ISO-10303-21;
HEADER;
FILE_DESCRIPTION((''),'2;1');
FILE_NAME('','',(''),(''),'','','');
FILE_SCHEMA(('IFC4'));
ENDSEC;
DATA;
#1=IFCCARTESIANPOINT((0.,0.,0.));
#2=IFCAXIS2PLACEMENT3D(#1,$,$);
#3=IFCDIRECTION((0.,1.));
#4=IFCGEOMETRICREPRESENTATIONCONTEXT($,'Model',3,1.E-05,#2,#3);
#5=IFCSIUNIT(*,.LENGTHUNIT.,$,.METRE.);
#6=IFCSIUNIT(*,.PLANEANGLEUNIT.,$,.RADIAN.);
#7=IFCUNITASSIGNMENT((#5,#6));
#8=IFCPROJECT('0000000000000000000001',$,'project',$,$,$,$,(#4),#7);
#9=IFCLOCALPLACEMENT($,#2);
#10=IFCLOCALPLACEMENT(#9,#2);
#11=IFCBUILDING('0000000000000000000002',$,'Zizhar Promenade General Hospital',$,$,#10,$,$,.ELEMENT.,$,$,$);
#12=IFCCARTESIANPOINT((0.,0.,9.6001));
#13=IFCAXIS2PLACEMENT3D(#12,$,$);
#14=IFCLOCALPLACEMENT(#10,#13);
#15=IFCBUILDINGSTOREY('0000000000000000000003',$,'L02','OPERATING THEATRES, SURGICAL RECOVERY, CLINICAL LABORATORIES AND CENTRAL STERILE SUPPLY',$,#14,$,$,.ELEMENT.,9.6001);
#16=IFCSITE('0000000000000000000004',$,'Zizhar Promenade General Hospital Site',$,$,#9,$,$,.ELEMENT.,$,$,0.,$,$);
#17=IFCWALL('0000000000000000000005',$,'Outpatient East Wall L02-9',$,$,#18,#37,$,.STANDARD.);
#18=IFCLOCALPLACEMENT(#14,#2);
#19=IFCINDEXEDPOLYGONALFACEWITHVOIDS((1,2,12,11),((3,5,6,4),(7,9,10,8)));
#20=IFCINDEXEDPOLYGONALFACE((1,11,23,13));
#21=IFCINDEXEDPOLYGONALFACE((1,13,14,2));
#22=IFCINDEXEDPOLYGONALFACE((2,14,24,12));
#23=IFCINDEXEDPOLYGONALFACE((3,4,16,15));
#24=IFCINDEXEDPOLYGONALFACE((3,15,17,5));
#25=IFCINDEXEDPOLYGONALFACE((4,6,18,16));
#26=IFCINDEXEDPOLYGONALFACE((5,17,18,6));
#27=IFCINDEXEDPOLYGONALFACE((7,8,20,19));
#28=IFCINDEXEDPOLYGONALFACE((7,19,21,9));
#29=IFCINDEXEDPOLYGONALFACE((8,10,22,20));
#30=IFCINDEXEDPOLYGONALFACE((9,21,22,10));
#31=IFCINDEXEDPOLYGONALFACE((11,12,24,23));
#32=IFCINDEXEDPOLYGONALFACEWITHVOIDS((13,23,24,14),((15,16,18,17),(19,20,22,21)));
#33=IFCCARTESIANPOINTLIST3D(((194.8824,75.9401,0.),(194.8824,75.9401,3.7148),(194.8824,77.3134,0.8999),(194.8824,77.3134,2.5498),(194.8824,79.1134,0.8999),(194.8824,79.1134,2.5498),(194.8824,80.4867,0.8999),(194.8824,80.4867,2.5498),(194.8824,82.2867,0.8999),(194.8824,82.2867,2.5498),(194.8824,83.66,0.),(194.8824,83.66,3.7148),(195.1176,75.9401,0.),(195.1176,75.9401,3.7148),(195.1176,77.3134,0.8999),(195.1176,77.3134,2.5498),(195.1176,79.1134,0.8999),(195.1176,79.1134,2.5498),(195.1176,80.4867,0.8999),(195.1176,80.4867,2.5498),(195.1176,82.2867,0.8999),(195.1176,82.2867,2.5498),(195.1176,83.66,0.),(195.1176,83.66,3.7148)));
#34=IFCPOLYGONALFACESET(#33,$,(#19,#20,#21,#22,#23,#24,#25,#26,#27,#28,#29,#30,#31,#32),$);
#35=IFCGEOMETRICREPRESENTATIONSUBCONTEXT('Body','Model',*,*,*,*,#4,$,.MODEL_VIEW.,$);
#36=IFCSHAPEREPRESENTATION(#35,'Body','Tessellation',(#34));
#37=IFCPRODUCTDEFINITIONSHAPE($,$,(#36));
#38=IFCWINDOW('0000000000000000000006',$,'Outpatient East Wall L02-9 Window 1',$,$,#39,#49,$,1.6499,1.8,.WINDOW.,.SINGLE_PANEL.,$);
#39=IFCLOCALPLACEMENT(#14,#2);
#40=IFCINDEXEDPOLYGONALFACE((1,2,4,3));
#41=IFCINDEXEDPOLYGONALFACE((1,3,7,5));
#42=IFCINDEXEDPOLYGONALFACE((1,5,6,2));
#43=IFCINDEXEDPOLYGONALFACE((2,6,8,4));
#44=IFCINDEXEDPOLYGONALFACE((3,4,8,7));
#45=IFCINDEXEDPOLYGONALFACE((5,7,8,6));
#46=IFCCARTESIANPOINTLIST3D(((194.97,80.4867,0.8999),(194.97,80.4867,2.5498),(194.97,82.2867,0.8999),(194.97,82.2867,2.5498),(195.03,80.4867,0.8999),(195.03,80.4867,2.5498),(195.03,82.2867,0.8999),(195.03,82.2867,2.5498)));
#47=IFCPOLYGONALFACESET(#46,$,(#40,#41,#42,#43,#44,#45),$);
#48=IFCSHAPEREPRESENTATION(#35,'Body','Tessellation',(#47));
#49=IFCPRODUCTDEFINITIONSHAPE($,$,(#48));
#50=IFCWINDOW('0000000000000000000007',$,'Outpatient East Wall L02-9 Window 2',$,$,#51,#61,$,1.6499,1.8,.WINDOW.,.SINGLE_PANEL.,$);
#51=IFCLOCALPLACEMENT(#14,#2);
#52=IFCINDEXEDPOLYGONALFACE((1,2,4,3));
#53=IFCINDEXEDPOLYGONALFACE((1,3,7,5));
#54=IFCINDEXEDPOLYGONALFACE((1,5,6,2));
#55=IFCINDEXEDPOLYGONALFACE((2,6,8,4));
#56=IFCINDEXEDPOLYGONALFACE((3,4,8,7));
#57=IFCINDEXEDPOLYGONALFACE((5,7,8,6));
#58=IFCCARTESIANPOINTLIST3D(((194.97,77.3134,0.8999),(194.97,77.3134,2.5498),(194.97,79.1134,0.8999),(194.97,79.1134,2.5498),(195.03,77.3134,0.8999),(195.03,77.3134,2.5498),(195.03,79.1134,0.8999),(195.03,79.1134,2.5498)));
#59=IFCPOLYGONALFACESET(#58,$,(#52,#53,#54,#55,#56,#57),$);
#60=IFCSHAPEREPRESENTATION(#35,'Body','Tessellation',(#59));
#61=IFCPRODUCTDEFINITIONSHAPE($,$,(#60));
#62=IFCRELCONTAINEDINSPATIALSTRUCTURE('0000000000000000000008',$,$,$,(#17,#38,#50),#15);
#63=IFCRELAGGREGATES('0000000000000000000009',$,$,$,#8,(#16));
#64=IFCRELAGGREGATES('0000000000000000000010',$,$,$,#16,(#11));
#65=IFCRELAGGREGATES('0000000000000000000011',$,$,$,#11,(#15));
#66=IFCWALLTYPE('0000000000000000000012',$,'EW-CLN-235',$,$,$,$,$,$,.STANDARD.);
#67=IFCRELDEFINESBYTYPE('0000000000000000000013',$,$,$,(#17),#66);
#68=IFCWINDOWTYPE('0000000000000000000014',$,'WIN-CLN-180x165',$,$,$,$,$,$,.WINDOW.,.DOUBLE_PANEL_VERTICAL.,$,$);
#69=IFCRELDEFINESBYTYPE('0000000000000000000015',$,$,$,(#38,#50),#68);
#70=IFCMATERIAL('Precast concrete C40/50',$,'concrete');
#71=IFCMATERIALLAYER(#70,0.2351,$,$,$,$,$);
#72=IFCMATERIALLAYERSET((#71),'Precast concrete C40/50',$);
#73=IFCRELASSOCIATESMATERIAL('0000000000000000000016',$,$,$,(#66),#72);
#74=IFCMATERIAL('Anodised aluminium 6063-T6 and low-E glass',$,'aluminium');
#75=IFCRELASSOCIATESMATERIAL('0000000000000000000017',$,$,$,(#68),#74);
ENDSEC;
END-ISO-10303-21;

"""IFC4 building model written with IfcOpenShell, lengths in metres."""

from ifc_helpers import new_model, si_unit, direction, frame, frame_2d, origin, place, context, subcontext, project, spatial, rectangle, extrude, material, layer, layer_set, type_object, element, fill, save


model = new_model("IFC4")

# Units and contexts
model_context = context("Model", 3, precision=1e-05, world=origin(), true_north=direction((0.0, 1.0)))
body_context = subcontext(model_context, "Body", "Model", "MODEL_VIEW")
ifc_project = project(units=[si_unit("LENGTHUNIT", "METRE"), si_unit("PLANEANGLEUNIT", "RADIAN")], contexts=[model_context])

# Site, building, storey
site_placement = place(None, origin())
site = spatial("IfcSite", under=ifc_project, at=site_placement, Name="Zizhar Promenade General Hospital Site", CompositionType="ELEMENT", RefElevation=0.0)
building_placement = place(site_placement, origin())
building = spatial("IfcBuilding", under=site, at=building_placement, Name="Zizhar Promenade General Hospital", CompositionType="ELEMENT")
storey_placement = place(building_placement, frame((0.0, 0.0, 9.6001)))
storey = spatial("IfcBuildingStorey", under=building, at=storey_placement, Name="L02", Description="OPERATING THEATRES, SURGICAL RECOVERY, CLINICAL LABORATORIES AND CENTRAL STERILE SUPPLY", CompositionType="ELEMENT", Elevation=9.6001)

# Wall, openings, windows
ifc_material_1 = material(Name="Precast concrete C40/50", Category="concrete")
ifc_layer_1 = layer(ifc_material_1, 0.2351)
ifc_layer_set_1 = layer_set([ifc_layer_1], Name="Precast concrete C40/50")
wall_type = type_object("IfcWallType", Name="EW-CLN-235", PredefinedType="STANDARD", material=ifc_layer_set_1)
wall_placement = place(storey_placement, frame((195.0, 83.6599, 0.0), z_axis=(0.0, 0.0, 1.0), x_axis=(0.0, -1.0, 0.0)))
wall = element("IfcWall", 1, at=wall_placement, inside=storey, type_object=wall_type, Name="Outpatient East Wall L02-9", PredefinedType="STANDARD", context=body_context, shape_type="SweptSolid", body=[
    extrude(rectangle(XDim=7.72, YDim=0.2351, at=frame_2d((3.8599, 0.0))), origin(), (0.0, 0.0, 1.0), 3.7148),
])
opening_1_placement = place(wall_placement, frame((1.3733, 0.0, 0.8999)))
opening_1 = element("IfcOpeningElement", 2, at=opening_1_placement, cuts=wall, PredefinedType="OPENING", context=body_context, shape_type="SweptSolid", body=[
    extrude(rectangle(XDim=1.8, YDim=1.6499, at=frame_2d((0.8999, 0.825))), frame((0.0, 0.1274, 0.0), z_axis=(0.0, -1.0, 0.0), x_axis=(1.0, 0.0, 0.0)), (0.0, 0.0, 1.0), 0.2551),
])
opening_2_placement = place(wall_placement, frame((4.5466, 0.0, 0.8999)))
opening_2 = element("IfcOpeningElement", 3, at=opening_2_placement, cuts=wall, PredefinedType="OPENING", context=body_context, shape_type="SweptSolid", body=[
    extrude(rectangle(XDim=1.8, YDim=1.6499, at=frame_2d((0.8999, 0.825))), frame((0.0, 0.1274, 0.0), z_axis=(0.0, -1.0, 0.0), x_axis=(1.0, 0.0, 0.0)), (0.0, 0.0, 1.0), 0.2551),
])
ifc_material_2 = material(Name="Anodised aluminium 6063-T6 and low-E glass", Category="aluminium")
window_type = type_object("IfcWindowType", Name="WIN-CLN-180x165", PartitioningType="DOUBLE_PANEL_VERTICAL", PredefinedType="WINDOW", material=ifc_material_2)
window_1_placement = place(opening_1_placement, origin())
window_1 = element("IfcWindow", 4, at=window_1_placement, inside=storey, type_object=window_type, Name="Outpatient East Wall L02-9 Window 1", OverallHeight=1.6499, OverallWidth=1.8, PartitioningType="SINGLE_PANEL", PredefinedType="WINDOW", context=body_context, shape_type="SweptSolid", body=[
    extrude(rectangle(XDim=1.8, YDim=1.6499, at=frame_2d((0.8999, 0.825))), frame((0.0, 0.03, 0.0), z_axis=(0.0, -1.0, 0.0), x_axis=(1.0, 0.0, 0.0)), (0.0, 0.0, 1.0), 0.0601),
])
fill(opening_1, window_1)
window_2_placement = place(opening_2_placement, origin())
window_2 = element("IfcWindow", 5, at=window_2_placement, inside=storey, type_object=window_type, Name="Outpatient East Wall L02-9 Window 2", OverallHeight=1.6499, OverallWidth=1.8, PartitioningType="SINGLE_PANEL", PredefinedType="WINDOW", context=body_context, shape_type="SweptSolid", body=[
    extrude(rectangle(XDim=1.8, YDim=1.6499, at=frame_2d((0.8999, 0.825))), frame((0.0, 0.03, 0.0), z_axis=(0.0, -1.0, 0.0), x_axis=(1.0, 0.0, 0.0)), (0.0, 0.0, 1.0), 0.0601),
])
fill(opening_2, window_2)

save(model, "model.ifc")
